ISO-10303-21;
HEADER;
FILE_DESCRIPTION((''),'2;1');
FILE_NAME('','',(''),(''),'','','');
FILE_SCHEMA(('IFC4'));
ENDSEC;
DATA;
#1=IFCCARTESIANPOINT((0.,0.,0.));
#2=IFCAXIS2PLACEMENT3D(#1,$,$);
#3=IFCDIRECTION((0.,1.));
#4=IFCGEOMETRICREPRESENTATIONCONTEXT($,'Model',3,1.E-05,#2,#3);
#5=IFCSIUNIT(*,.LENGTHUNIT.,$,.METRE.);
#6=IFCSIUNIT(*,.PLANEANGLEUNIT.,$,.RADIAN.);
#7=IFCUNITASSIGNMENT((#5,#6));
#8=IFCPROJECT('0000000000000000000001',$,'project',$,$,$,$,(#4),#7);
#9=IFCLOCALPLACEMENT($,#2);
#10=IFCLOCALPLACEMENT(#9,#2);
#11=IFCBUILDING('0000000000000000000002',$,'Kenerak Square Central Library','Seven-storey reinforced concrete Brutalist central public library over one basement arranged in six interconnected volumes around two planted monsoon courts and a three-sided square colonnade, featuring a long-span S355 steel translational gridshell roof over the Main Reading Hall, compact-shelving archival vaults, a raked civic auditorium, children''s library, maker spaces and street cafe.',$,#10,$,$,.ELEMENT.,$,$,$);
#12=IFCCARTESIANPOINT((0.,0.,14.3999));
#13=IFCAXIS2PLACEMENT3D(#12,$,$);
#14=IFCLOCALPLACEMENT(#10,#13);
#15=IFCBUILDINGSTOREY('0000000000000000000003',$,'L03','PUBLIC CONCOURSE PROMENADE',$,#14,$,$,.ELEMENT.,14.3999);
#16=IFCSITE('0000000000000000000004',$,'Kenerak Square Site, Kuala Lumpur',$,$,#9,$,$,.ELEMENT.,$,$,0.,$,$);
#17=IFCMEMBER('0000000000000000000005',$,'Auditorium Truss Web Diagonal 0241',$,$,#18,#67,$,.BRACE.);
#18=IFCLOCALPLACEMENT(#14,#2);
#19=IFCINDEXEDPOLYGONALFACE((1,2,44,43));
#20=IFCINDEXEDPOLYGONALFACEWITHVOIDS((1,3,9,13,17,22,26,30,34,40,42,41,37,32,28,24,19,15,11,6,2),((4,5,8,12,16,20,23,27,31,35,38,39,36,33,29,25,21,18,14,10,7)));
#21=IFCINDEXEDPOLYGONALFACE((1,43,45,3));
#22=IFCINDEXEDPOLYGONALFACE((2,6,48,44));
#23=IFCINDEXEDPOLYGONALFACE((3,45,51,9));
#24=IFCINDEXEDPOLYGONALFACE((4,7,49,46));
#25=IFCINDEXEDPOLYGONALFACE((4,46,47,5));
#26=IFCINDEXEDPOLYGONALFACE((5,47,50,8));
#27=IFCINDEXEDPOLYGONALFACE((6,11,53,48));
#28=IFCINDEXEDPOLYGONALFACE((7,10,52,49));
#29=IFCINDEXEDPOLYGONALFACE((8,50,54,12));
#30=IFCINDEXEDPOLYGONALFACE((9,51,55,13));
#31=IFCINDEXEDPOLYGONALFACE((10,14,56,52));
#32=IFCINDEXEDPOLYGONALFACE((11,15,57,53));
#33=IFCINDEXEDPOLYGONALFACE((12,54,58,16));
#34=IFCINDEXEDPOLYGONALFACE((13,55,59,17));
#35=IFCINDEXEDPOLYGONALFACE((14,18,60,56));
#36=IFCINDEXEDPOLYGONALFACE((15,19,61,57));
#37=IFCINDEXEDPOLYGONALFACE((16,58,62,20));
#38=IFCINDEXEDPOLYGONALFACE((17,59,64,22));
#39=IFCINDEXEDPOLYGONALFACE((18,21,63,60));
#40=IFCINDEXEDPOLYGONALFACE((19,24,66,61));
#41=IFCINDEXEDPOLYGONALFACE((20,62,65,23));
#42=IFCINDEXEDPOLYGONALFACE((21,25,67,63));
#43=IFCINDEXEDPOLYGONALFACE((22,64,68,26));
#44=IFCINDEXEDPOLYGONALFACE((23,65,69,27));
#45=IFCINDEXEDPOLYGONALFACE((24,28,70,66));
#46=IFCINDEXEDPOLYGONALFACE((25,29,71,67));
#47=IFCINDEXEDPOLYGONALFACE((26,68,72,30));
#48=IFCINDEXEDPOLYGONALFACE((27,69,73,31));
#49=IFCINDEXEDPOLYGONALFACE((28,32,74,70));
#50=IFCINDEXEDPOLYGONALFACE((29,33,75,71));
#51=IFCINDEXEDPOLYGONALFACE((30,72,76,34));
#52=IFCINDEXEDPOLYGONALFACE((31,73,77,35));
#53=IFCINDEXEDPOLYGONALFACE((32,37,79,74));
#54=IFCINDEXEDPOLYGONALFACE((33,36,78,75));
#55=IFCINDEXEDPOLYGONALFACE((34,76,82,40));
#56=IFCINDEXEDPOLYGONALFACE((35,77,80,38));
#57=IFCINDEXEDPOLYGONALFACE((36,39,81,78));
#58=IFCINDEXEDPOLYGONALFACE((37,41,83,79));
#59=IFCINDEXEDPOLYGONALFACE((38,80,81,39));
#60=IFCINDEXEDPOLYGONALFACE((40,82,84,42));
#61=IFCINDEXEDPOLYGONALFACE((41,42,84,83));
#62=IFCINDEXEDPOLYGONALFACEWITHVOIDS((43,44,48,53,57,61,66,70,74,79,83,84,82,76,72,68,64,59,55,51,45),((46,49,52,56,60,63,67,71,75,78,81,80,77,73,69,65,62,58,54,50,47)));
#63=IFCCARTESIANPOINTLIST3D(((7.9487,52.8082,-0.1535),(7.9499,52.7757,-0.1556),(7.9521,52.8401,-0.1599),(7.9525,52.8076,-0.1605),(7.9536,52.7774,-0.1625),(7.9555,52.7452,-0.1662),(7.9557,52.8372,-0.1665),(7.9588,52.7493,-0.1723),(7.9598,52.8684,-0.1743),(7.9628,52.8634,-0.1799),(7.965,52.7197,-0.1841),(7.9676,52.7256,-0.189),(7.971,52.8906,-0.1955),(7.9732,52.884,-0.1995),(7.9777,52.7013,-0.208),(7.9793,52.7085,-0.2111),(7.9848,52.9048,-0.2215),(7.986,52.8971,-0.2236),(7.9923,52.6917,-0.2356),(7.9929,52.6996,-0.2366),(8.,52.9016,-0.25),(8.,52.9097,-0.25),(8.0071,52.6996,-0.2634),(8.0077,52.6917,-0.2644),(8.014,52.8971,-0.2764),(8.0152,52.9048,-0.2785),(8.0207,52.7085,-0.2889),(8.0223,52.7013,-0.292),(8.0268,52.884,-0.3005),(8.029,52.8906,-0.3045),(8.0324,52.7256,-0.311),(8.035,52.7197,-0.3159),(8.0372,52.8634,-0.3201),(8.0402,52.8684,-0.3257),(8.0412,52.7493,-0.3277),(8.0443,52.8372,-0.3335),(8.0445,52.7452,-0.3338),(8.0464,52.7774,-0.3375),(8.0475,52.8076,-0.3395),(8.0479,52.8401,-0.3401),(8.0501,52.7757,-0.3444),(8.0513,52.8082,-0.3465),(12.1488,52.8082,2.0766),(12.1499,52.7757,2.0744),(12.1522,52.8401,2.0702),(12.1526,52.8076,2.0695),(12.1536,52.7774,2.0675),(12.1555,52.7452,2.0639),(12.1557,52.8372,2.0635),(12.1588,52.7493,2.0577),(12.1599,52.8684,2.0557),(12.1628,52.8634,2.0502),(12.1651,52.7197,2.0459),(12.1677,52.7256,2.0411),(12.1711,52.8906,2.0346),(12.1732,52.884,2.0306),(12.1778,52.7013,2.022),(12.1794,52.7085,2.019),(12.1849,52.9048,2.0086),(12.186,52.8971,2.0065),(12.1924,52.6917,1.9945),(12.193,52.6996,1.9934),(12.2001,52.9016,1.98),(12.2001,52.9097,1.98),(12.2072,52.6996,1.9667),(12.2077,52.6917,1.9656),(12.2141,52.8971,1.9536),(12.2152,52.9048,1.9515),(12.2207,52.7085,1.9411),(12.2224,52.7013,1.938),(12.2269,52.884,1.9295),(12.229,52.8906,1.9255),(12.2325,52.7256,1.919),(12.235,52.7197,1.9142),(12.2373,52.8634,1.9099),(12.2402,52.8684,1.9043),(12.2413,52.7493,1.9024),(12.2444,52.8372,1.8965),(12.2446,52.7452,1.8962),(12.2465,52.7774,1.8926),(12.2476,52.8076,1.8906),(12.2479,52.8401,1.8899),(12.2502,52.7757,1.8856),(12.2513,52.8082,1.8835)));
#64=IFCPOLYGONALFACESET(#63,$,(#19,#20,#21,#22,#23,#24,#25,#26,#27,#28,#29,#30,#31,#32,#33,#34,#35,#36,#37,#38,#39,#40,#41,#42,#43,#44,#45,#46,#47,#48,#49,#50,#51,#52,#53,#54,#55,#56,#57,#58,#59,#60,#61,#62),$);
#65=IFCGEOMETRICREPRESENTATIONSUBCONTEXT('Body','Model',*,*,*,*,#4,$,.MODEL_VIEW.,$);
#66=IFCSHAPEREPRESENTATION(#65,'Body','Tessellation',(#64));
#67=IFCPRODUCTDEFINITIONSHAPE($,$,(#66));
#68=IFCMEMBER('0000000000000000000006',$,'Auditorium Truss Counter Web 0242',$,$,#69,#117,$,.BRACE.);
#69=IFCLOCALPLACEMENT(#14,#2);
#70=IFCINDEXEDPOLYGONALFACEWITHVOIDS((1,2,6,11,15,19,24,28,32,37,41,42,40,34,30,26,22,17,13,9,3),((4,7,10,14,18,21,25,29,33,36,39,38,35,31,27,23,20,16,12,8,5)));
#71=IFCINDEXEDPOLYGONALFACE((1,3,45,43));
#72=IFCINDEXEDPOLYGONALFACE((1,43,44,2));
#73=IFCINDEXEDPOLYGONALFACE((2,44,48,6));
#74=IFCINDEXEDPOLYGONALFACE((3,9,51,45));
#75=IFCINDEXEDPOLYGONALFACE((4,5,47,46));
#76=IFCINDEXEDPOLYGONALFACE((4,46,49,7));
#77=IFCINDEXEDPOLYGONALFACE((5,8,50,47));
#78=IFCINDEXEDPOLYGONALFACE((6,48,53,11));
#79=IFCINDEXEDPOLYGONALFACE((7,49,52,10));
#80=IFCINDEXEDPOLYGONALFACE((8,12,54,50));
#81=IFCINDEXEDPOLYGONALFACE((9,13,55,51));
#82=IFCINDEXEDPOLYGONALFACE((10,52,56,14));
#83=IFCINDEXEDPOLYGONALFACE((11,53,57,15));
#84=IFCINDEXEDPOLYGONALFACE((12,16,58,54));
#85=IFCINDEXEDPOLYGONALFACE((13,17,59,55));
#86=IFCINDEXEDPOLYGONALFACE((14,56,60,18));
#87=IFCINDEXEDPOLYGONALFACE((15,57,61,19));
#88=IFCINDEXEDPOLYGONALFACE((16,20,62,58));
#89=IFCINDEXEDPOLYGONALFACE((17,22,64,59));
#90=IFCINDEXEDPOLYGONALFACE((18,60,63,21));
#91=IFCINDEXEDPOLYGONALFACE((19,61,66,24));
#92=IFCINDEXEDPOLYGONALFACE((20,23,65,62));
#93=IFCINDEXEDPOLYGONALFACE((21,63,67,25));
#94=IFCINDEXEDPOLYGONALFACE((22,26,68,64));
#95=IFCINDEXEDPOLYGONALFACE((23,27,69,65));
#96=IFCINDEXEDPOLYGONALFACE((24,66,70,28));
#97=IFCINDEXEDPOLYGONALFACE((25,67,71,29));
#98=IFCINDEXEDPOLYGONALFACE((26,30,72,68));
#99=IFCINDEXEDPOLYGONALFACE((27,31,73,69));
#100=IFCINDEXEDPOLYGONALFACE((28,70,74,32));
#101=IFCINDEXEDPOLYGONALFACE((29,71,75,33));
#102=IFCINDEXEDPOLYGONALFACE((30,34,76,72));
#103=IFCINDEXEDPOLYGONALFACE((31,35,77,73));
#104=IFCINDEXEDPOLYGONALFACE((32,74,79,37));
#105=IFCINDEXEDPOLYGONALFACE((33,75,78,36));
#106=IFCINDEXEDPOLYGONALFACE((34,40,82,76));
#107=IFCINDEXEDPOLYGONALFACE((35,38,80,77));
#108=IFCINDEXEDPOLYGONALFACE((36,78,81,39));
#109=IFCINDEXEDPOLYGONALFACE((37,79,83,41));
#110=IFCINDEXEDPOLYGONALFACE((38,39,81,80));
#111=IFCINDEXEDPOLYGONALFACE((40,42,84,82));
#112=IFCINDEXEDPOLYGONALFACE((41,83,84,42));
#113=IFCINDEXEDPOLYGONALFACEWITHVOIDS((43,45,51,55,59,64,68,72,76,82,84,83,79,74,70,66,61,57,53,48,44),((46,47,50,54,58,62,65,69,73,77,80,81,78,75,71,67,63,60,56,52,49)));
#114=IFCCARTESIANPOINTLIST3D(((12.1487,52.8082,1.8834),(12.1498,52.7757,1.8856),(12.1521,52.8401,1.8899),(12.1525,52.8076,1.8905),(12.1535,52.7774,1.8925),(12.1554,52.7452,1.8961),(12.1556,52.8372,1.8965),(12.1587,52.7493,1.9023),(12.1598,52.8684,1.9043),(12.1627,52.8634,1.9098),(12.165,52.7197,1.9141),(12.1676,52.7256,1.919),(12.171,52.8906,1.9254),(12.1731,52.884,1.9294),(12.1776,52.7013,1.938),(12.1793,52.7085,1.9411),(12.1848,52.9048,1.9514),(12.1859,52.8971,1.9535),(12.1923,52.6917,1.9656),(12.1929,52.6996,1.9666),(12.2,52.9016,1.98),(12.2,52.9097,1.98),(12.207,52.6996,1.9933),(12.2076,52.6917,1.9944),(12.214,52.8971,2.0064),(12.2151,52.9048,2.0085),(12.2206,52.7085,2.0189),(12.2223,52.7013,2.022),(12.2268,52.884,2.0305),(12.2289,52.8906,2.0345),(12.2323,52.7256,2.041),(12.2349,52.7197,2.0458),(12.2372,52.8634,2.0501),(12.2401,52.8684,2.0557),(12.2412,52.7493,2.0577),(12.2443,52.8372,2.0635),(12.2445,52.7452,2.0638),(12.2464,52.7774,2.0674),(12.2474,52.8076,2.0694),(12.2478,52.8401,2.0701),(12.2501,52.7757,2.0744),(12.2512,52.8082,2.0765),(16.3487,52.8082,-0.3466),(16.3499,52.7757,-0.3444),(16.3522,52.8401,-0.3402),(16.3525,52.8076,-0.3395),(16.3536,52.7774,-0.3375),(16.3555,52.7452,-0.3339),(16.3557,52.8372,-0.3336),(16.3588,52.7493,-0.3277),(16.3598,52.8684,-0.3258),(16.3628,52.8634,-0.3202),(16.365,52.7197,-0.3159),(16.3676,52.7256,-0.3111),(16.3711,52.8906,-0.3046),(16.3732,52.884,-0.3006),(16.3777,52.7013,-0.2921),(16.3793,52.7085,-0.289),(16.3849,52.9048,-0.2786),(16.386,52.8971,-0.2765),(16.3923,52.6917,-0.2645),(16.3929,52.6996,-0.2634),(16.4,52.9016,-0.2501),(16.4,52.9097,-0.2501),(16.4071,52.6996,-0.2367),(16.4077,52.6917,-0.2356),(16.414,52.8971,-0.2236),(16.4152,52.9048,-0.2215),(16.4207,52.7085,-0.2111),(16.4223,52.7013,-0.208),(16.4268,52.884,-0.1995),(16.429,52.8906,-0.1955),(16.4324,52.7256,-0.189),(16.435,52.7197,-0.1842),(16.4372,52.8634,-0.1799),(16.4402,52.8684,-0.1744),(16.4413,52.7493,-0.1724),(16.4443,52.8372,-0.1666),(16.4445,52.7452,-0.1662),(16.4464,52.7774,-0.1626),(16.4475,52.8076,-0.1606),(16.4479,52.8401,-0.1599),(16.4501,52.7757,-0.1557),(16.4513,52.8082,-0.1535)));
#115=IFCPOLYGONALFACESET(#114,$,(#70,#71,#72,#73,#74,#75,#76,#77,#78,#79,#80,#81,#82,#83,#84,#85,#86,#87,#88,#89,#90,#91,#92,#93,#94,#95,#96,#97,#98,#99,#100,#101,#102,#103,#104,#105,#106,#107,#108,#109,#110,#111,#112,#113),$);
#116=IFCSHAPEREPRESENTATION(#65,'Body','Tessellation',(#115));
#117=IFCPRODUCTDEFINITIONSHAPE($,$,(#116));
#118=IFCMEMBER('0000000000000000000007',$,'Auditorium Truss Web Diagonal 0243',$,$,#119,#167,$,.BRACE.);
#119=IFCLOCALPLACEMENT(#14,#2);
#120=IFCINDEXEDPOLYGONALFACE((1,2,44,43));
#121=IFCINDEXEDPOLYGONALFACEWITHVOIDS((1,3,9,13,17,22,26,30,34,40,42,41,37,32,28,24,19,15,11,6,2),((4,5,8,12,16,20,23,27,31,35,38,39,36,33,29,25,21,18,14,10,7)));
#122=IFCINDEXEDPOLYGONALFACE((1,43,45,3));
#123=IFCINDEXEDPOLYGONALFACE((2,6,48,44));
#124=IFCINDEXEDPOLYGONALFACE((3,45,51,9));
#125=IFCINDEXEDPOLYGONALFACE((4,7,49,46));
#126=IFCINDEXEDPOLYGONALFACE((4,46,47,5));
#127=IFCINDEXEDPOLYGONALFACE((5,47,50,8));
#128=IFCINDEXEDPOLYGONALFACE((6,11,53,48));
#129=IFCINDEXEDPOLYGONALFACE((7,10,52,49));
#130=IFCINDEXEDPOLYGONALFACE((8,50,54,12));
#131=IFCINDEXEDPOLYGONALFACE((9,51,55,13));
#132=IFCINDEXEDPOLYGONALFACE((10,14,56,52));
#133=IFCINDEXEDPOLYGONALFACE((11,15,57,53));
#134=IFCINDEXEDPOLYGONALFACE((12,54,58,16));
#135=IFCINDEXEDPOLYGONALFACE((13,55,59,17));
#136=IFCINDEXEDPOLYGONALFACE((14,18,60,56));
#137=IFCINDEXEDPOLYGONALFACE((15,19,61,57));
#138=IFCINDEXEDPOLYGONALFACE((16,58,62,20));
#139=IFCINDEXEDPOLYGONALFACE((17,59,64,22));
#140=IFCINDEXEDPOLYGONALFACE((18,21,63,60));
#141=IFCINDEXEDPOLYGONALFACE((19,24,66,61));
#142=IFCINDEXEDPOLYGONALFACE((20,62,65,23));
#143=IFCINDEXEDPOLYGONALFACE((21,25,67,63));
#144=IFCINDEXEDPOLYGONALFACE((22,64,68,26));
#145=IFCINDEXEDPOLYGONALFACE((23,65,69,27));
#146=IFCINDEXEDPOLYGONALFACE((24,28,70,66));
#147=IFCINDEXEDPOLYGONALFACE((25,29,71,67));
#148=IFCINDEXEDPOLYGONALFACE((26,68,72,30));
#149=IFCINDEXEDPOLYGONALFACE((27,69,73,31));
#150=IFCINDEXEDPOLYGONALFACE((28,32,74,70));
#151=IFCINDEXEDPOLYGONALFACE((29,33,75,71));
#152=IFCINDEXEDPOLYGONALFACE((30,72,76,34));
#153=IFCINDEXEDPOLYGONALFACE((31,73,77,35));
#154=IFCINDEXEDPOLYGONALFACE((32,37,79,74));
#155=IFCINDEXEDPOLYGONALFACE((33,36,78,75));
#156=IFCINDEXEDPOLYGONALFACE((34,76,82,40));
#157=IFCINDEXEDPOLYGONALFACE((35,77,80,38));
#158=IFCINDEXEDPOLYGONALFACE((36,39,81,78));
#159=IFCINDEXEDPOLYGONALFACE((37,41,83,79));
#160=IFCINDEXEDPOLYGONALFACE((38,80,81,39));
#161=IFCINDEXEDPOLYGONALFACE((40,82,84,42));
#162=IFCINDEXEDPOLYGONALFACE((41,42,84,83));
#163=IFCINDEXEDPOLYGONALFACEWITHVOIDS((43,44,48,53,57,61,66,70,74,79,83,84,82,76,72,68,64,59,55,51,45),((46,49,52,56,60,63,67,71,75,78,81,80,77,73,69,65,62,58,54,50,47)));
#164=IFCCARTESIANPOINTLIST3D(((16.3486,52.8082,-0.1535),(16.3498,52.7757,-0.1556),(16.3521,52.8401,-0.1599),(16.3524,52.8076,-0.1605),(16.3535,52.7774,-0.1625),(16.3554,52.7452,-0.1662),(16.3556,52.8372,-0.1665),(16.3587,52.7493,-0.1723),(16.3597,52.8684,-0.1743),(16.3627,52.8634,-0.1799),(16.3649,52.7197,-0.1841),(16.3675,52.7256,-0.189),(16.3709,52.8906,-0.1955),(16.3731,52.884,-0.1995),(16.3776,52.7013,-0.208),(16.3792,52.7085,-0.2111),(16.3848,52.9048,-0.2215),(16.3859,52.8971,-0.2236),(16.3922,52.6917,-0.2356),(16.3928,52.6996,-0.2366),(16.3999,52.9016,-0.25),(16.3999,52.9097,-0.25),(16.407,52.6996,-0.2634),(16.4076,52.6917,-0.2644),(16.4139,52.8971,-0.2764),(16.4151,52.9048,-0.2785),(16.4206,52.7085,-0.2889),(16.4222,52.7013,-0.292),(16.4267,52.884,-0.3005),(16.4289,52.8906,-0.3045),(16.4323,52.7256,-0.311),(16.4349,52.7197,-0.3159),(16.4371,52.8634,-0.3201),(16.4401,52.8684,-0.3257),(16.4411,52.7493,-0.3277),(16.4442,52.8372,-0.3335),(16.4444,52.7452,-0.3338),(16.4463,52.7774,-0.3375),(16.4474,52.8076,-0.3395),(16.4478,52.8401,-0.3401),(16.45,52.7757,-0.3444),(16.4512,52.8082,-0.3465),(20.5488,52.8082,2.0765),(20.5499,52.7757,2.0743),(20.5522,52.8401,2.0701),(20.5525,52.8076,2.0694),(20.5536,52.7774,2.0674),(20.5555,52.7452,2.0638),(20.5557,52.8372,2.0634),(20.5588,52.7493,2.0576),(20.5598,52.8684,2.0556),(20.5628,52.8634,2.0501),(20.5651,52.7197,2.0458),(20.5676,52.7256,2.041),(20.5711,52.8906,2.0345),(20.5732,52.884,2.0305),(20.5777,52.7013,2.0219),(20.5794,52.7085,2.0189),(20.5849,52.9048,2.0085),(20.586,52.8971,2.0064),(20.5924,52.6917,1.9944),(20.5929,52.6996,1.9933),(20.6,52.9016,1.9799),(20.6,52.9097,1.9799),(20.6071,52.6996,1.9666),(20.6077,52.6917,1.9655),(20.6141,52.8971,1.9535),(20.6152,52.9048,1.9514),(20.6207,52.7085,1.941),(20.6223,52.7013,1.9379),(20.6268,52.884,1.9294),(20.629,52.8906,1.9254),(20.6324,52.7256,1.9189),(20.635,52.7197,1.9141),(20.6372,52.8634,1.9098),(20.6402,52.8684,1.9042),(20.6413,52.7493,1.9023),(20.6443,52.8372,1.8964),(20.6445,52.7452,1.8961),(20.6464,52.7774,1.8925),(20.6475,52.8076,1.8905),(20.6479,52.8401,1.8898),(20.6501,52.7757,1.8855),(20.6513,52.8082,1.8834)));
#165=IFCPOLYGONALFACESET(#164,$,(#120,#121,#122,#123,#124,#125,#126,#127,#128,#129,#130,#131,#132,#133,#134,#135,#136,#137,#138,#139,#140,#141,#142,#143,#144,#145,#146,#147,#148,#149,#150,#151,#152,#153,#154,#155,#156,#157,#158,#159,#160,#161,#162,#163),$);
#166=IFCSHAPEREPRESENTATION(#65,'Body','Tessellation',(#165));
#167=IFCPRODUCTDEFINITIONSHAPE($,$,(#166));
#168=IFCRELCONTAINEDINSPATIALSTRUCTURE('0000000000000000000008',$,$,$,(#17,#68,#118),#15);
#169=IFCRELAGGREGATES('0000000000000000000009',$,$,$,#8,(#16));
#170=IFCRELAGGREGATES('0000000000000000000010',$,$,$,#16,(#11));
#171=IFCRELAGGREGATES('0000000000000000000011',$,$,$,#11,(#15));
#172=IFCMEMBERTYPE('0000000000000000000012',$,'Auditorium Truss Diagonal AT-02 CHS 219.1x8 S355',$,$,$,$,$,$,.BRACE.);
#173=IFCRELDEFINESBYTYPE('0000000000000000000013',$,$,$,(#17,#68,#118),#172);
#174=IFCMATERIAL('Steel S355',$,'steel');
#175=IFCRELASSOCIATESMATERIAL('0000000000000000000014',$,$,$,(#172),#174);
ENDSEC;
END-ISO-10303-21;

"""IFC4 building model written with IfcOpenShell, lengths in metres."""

from ifc_helpers import new_model, si_unit, direction, frame, origin, origin_2d, place, context, subcontext, project, spatial, hollow_circle, extrude, material, material_profile, profile_set, type_object, element, save


model = new_model("IFC4")

# Units and contexts
model_context = context("Model", 3, precision=1e-05, world=origin(), true_north=direction((0.0, 1.0)))
body_context = subcontext(model_context, "Body", "Model", "MODEL_VIEW")
ifc_project = project(units=[si_unit("LENGTHUNIT", "METRE"), si_unit("PLANEANGLEUNIT", "RADIAN")], contexts=[model_context])

# Site, building, storey
site_placement = place(None, origin())
site = spatial("IfcSite", under=ifc_project, at=site_placement, Name="Kenerak Square Site, Kuala Lumpur", CompositionType="ELEMENT", RefElevation=0.0)
building_placement = place(site_placement, origin())
building = spatial("IfcBuilding", under=site, at=building_placement, Name="Kenerak Square Central Library", Description="Seven-storey reinforced concrete Brutalist central public library over one basement arranged in six interconnected volumes around two planted monsoon courts and a three-sided square colonnade, featuring a long-span S355 steel translational gridshell roof over the Main Reading Hall, compact-shelving archival vaults, a raked civic auditorium, children's library, maker spaces and street cafe.", CompositionType="ELEMENT")
storey_placement = place(building_placement, frame((0.0, 0.0, 14.3999)))
storey = spatial("IfcBuildingStorey", under=building, at=storey_placement, Name="L03", Description="PUBLIC CONCOURSE PROMENADE", CompositionType="ELEMENT", Elevation=14.3999)

# Shared definitions
ifc_material_1 = material(Name="Steel S355", Category="steel")

# Members
ifc_material_profile_1 = material_profile(ifc_material_1, hollow_circle(Radius=0.1096, WallThickness=0.0081, at=origin_2d()), Name="CHS 219.1x8.0")
ifc_profile_set_1 = profile_set([ifc_material_profile_1], Name="Steel S355")
member_type = type_object("IfcMemberType", Name="Auditorium Truss Diagonal AT-02 CHS 219.1x8 S355", PredefinedType="BRACE", material=ifc_profile_set_1)
for number, where, z_axis, x_axis, name in (
    (1, (8.0, 52.8, -0.25), (0.883224, 0.0, 0.468951), (0.0, 1.0, 0.0), "Auditorium Truss Web Diagonal 0241"),
    (2, (12.2, 52.8, 1.98), (0.883224, 0.0, -0.468951), (0.0, 1.0, 0.0), "Auditorium Truss Counter Web 0242"),
    (3, (16.3999, 52.8, -0.25), (0.883235, 0.0, 0.46893), (0.0, 1.0, 0.0), "Auditorium Truss Web Diagonal 0243"),
):
    element("IfcMember", number, at=place(storey_placement, frame(where, z_axis=z_axis, x_axis=x_axis)), inside=storey, type_object=member_type, Name=name, PredefinedType="BRACE", context=body_context, shape_type="SweptSolid", body=[
        extrude(hollow_circle(Radius=0.1096, WallThickness=0.0081, at=origin_2d()), origin(), (0.0, 0.0, 1.0), 4.7554),
    ])

save(model, "model.ifc")
